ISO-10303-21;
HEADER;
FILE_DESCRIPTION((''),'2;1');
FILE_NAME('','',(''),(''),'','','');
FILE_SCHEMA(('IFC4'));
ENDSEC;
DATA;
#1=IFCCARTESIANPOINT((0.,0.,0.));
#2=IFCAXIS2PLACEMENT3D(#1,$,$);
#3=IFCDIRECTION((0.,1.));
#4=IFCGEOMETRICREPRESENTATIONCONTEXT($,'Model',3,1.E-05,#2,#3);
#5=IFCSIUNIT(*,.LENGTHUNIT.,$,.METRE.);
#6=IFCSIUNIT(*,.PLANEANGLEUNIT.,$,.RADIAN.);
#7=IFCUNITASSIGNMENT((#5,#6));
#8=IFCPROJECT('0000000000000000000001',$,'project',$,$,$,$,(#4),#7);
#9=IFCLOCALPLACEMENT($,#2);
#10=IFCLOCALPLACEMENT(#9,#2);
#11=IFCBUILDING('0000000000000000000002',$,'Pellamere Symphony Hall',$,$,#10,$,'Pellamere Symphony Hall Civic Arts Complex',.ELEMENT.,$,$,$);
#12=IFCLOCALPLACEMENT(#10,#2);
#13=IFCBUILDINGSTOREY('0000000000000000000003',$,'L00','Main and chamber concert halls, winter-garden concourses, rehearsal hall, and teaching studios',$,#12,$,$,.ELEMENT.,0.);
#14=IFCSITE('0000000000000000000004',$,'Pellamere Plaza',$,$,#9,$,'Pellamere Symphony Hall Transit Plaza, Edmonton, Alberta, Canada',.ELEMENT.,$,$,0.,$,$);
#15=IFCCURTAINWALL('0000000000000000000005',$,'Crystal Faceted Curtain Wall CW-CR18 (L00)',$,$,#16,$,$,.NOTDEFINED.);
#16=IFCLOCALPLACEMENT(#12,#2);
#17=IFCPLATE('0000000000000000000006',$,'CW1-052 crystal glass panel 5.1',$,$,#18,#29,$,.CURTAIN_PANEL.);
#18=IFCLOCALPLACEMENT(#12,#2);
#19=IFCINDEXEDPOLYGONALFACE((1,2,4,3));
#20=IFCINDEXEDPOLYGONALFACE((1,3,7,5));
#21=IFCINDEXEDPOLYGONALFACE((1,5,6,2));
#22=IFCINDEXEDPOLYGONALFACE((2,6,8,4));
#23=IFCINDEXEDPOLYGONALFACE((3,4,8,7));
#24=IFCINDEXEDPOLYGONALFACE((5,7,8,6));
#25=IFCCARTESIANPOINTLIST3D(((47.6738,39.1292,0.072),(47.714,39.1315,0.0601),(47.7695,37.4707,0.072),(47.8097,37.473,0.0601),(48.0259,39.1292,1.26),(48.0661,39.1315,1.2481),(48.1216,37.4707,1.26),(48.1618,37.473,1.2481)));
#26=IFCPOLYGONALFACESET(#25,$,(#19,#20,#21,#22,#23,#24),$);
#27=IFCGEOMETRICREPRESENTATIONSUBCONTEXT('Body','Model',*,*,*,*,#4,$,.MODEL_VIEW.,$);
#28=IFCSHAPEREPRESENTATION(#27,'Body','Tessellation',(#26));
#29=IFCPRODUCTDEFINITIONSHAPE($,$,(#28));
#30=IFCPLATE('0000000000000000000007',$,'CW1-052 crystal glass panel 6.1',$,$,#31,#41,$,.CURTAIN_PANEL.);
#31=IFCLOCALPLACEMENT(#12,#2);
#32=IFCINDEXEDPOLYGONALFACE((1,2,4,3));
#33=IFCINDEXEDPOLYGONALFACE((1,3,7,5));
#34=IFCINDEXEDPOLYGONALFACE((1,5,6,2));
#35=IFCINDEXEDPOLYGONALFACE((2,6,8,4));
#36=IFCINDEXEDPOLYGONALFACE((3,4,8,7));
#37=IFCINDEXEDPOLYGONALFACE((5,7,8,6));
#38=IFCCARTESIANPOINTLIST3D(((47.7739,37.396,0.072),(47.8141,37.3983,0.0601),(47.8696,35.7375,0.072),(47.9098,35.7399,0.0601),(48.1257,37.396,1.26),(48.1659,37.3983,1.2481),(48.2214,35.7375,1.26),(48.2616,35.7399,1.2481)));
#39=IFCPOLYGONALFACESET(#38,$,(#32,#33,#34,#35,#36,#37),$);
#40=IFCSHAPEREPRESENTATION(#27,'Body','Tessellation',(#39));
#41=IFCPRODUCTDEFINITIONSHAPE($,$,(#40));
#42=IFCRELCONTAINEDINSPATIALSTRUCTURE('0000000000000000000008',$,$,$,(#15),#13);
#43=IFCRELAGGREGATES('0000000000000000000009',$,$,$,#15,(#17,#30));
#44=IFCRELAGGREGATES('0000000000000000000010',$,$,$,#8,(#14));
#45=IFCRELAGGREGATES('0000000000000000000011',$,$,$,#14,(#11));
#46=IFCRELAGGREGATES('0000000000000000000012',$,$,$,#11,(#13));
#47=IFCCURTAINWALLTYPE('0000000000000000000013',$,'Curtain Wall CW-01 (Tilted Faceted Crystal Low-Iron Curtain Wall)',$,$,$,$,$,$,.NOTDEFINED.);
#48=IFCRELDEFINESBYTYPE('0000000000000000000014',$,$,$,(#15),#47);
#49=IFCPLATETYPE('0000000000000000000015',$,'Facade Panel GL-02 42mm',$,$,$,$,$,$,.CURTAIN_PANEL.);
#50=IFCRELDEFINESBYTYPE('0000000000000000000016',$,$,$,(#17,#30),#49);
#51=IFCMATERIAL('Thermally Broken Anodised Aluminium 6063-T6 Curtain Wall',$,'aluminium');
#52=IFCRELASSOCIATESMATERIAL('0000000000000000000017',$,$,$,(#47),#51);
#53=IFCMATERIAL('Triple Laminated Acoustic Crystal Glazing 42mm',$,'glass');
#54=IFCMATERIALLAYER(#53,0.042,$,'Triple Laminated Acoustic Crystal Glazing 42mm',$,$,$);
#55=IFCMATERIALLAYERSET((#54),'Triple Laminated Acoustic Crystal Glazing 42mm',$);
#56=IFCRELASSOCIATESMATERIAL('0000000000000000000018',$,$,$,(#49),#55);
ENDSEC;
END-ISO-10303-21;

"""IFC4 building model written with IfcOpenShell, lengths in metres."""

from ifc_helpers import new_model, si_unit, direction, frame, origin, place, context, subcontext, project, spatial, polyline, outline, extrude, material, layer, layer_set, type_object, element, aggregate, save


model = new_model("IFC4")

# Units and contexts
model_context = context("Model", 3, precision=1e-05, world=origin(), true_north=direction((0.0, 1.0)))
body_context = subcontext(model_context, "Body", "Model", "MODEL_VIEW")
ifc_project = project(units=[si_unit("LENGTHUNIT", "METRE"), si_unit("PLANEANGLEUNIT", "RADIAN")], contexts=[model_context])

# Site, building, storey
site_placement = place(None, origin())
site = spatial("IfcSite", under=ifc_project, at=site_placement, Name="Pellamere Plaza", LongName="Pellamere Symphony Hall Transit Plaza, Edmonton, Alberta, Canada", CompositionType="ELEMENT", RefElevation=0.0)
building_placement = place(site_placement, origin())
building = spatial("IfcBuilding", under=site, at=building_placement, Name="Pellamere Symphony Hall", LongName="Pellamere Symphony Hall Civic Arts Complex", CompositionType="ELEMENT")
storey_placement = place(building_placement, origin())
storey = spatial("IfcBuildingStorey", under=building, at=storey_placement, Name="L00", Description="Main and chamber concert halls, winter-garden concourses, rehearsal hall, and teaching studios", CompositionType="ELEMENT", Elevation=0.0)

# Curtain wall
ifc_material_1 = material(Name="Thermally Broken Anodised Aluminium 6063-T6 Curtain Wall", Category="aluminium")
curtain_wall_type_1 = type_object("IfcCurtainWallType", Name="Curtain Wall CW-01 (Tilted Faceted Crystal Low-Iron Curtain Wall)", PredefinedType="NOTDEFINED", material=ifc_material_1)
curtain_wall_1_placement = place(storey_placement, origin())
curtain_wall_1 = element("IfcCurtainWall", 1, at=curtain_wall_1_placement, inside=storey, type_object=curtain_wall_type_1, Name="Crystal Faceted Curtain Wall CW-CR18 (L00)", PredefinedType="NOTDEFINED")

# Plates
ifc_material_2 = material(Name="Triple Laminated Acoustic Crystal Glazing 42mm", Category="glass")
ifc_layer_1 = layer(ifc_material_2, 0.042, Name="Triple Laminated Acoustic Crystal Glazing 42mm")
ifc_layer_set_1 = layer_set([ifc_layer_1], Name="Triple Laminated Acoustic Crystal Glazing 42mm")
plate_type_1 = type_object("IfcPlateType", Name="Facade Panel GL-02 42mm", PredefinedType="CURTAIN_PANEL", material=ifc_layer_set_1)
plate_1_placement = place(storey_placement, frame((47.6738, 39.1292, 0.072), z_axis=(-0.957322, -0.055244, 0.283695), x_axis=(0.057611, -0.998339, 0.0)))
plate_1 = element("IfcPlate", 2, at=plate_1_placement, type_object=plate_type_1, Name="CW1-052 crystal glass panel 5.1", PredefinedType="CURTAIN_PANEL", context=body_context, shape_type="SweptSolid", body=[
    extrude(outline(polyline([(0.0, 0.0), (1.6612, 0.0), (1.6815, 1.2389), (0.0203, 1.2389), (0.0, 0.0)])), origin(), (0.0, 0.0, -1.0), 0.042),
])
plate_2_placement = place(storey_placement, frame((47.7739, 37.396, 0.072), z_axis=(-0.957375, -0.055247, 0.283514), x_axis=(0.057611, -0.998339, 0.0)))
plate_2 = element("IfcPlate", 3, at=plate_2_placement, type_object=plate_type_1, Name="CW1-052 crystal glass panel 6.1", PredefinedType="CURTAIN_PANEL", context=body_context, shape_type="SweptSolid", body=[
    extrude(outline(polyline([(0.0, 0.0), (1.6612, 0.0), (1.6815, 1.2388), (0.0203, 1.2388), (0.0, 0.0)])), origin(), (0.0, 0.0, -1.0), 0.042),
])
aggregate(curtain_wall_1, [plate_1, plate_2])

save(model, "model.ifc")
